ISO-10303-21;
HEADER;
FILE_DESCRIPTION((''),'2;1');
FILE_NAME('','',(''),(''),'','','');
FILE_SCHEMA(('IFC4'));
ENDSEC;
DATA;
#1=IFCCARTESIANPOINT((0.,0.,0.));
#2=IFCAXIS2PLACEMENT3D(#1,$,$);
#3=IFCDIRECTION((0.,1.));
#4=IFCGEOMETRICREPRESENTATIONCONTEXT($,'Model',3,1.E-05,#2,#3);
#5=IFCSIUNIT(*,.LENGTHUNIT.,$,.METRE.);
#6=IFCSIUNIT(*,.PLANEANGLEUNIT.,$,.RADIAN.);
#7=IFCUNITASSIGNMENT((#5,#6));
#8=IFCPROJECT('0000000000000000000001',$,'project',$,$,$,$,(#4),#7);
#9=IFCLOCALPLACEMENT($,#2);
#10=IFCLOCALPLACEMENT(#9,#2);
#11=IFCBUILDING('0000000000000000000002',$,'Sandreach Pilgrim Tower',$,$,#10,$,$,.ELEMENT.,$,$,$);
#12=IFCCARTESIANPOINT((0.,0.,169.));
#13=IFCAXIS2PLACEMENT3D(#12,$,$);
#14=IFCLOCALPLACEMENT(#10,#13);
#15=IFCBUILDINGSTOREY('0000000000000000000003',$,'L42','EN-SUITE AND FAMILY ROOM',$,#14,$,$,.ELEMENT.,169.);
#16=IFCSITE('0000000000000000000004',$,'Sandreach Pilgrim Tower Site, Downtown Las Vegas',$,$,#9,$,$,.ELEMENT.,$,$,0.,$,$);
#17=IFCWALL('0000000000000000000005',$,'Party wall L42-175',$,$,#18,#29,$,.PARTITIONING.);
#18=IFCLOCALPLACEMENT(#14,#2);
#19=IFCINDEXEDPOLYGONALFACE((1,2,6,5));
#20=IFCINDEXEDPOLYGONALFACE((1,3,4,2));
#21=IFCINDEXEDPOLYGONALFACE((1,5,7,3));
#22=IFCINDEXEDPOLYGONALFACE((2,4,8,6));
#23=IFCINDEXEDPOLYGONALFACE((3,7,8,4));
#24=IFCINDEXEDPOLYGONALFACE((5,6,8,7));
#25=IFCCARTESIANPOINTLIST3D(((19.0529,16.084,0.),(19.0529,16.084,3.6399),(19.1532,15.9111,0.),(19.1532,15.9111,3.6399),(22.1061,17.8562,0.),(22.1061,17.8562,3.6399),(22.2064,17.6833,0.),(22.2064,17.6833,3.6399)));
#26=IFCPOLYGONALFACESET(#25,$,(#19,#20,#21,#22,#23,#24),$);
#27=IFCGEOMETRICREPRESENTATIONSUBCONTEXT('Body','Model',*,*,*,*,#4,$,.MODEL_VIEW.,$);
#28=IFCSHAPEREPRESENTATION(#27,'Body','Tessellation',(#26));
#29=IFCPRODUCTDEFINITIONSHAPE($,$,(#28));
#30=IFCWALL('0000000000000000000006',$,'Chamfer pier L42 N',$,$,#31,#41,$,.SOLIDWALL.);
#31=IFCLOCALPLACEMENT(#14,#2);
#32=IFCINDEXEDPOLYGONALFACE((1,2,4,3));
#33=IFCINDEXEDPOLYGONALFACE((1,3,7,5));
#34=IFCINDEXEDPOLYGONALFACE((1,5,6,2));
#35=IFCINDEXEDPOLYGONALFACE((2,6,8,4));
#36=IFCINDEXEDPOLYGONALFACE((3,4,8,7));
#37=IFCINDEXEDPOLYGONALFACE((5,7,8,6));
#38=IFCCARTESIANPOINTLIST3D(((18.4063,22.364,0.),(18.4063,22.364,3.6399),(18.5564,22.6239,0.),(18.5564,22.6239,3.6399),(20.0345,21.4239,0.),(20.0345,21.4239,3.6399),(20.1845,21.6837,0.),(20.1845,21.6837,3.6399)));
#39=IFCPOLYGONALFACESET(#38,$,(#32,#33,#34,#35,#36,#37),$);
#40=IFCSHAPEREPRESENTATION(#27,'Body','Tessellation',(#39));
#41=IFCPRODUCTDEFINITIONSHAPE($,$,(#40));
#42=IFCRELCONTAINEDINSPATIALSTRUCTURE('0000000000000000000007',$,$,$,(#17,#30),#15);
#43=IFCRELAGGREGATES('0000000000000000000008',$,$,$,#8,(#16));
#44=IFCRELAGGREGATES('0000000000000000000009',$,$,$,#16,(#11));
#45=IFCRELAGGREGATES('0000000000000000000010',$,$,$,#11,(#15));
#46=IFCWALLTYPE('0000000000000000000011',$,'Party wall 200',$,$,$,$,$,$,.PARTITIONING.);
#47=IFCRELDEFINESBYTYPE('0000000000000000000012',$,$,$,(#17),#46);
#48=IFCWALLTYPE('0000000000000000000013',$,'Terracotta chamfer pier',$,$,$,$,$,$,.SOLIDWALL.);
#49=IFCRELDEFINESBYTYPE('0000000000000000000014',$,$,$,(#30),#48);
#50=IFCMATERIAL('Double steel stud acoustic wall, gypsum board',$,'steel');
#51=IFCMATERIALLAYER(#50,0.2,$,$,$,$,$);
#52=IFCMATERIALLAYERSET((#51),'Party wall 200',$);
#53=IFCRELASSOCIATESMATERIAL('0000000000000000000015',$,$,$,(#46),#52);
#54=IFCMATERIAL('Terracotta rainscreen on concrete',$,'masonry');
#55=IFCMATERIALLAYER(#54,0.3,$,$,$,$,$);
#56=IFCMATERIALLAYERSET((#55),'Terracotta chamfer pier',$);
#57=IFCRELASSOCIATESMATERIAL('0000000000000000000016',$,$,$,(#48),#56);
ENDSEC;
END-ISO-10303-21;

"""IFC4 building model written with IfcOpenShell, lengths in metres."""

from ifc_helpers import new_model, si_unit, direction, frame, frame_2d, origin, place, context, subcontext, project, spatial, rectangle, extrude, material, layer, layer_set, type_object, element, save


model = new_model("IFC4")

# Units and contexts
model_context = context("Model", 3, precision=1e-05, world=origin(), true_north=direction((0.0, 1.0)))
body_context = subcontext(model_context, "Body", "Model", "MODEL_VIEW")
ifc_project = project(units=[si_unit("LENGTHUNIT", "METRE"), si_unit("PLANEANGLEUNIT", "RADIAN")], contexts=[model_context])

# Site, building, storey
site_placement = place(None, origin())
site = spatial("IfcSite", under=ifc_project, at=site_placement, Name="Sandreach Pilgrim Tower Site, Downtown Las Vegas", CompositionType="ELEMENT", RefElevation=0.0)
building_placement = place(site_placement, origin())
building = spatial("IfcBuilding", under=site, at=building_placement, Name="Sandreach Pilgrim Tower", CompositionType="ELEMENT")
storey_placement = place(building_placement, frame((0.0, 0.0, 169.0)))
storey = spatial("IfcBuildingStorey", under=building, at=storey_placement, Name="L42", Description="EN-SUITE AND FAMILY ROOM", CompositionType="ELEMENT", Elevation=169.0)

# Walls
ifc_material_1 = material(Name="Double steel stud acoustic wall, gypsum board", Category="steel")
ifc_layer_1 = layer(ifc_material_1, 0.2)
ifc_layer_set_1 = layer_set([ifc_layer_1], Name="Party wall 200")
wall_type_1 = type_object("IfcWallType", Name="Party wall 200", PredefinedType="PARTITIONING", material=ifc_layer_set_1)
wall_1_placement = place(storey_placement, frame((22.1562, 17.7698, 0.0), z_axis=(0.0, 0.0, 1.0), x_axis=(-0.864865, -0.502004, 0.0)))
element("IfcWall", 1, at=wall_1_placement, inside=storey, type_object=wall_type_1, Name="Party wall L42-175", PredefinedType="PARTITIONING", context=body_context, shape_type="SweptSolid", body=[
    extrude(rectangle(XDim=3.5303, YDim=0.2, at=frame_2d((1.7651, 0.0))), origin(), (0.0, 0.0, 1.0), 3.6399),
])
ifc_material_2 = material(Name="Terracotta rainscreen on concrete", Category="masonry")
ifc_layer_2 = layer(ifc_material_2, 0.3)
ifc_layer_set_2 = layer_set([ifc_layer_2], Name="Terracotta chamfer pier")
wall_type_2 = type_object("IfcWallType", Name="Terracotta chamfer pier", PredefinedType="SOLIDWALL", material=ifc_layer_set_2)
wall_2_placement = place(storey_placement, frame((18.4814, 22.4939, 0.0), z_axis=(0.0, 0.0, 1.0), x_axis=(0.865989, -0.500063, 0.0)))
element("IfcWall", 2, at=wall_2_placement, inside=storey, type_object=wall_type_2, Name="Chamfer pier L42 N", PredefinedType="SOLIDWALL", context=body_context, shape_type="SweptSolid", body=[
    extrude(rectangle(XDim=1.8801, YDim=0.3, at=frame_2d((0.9399, 0.0))), origin(), (0.0, 0.0, 1.0), 3.6399),
])

save(model, "model.ifc")
